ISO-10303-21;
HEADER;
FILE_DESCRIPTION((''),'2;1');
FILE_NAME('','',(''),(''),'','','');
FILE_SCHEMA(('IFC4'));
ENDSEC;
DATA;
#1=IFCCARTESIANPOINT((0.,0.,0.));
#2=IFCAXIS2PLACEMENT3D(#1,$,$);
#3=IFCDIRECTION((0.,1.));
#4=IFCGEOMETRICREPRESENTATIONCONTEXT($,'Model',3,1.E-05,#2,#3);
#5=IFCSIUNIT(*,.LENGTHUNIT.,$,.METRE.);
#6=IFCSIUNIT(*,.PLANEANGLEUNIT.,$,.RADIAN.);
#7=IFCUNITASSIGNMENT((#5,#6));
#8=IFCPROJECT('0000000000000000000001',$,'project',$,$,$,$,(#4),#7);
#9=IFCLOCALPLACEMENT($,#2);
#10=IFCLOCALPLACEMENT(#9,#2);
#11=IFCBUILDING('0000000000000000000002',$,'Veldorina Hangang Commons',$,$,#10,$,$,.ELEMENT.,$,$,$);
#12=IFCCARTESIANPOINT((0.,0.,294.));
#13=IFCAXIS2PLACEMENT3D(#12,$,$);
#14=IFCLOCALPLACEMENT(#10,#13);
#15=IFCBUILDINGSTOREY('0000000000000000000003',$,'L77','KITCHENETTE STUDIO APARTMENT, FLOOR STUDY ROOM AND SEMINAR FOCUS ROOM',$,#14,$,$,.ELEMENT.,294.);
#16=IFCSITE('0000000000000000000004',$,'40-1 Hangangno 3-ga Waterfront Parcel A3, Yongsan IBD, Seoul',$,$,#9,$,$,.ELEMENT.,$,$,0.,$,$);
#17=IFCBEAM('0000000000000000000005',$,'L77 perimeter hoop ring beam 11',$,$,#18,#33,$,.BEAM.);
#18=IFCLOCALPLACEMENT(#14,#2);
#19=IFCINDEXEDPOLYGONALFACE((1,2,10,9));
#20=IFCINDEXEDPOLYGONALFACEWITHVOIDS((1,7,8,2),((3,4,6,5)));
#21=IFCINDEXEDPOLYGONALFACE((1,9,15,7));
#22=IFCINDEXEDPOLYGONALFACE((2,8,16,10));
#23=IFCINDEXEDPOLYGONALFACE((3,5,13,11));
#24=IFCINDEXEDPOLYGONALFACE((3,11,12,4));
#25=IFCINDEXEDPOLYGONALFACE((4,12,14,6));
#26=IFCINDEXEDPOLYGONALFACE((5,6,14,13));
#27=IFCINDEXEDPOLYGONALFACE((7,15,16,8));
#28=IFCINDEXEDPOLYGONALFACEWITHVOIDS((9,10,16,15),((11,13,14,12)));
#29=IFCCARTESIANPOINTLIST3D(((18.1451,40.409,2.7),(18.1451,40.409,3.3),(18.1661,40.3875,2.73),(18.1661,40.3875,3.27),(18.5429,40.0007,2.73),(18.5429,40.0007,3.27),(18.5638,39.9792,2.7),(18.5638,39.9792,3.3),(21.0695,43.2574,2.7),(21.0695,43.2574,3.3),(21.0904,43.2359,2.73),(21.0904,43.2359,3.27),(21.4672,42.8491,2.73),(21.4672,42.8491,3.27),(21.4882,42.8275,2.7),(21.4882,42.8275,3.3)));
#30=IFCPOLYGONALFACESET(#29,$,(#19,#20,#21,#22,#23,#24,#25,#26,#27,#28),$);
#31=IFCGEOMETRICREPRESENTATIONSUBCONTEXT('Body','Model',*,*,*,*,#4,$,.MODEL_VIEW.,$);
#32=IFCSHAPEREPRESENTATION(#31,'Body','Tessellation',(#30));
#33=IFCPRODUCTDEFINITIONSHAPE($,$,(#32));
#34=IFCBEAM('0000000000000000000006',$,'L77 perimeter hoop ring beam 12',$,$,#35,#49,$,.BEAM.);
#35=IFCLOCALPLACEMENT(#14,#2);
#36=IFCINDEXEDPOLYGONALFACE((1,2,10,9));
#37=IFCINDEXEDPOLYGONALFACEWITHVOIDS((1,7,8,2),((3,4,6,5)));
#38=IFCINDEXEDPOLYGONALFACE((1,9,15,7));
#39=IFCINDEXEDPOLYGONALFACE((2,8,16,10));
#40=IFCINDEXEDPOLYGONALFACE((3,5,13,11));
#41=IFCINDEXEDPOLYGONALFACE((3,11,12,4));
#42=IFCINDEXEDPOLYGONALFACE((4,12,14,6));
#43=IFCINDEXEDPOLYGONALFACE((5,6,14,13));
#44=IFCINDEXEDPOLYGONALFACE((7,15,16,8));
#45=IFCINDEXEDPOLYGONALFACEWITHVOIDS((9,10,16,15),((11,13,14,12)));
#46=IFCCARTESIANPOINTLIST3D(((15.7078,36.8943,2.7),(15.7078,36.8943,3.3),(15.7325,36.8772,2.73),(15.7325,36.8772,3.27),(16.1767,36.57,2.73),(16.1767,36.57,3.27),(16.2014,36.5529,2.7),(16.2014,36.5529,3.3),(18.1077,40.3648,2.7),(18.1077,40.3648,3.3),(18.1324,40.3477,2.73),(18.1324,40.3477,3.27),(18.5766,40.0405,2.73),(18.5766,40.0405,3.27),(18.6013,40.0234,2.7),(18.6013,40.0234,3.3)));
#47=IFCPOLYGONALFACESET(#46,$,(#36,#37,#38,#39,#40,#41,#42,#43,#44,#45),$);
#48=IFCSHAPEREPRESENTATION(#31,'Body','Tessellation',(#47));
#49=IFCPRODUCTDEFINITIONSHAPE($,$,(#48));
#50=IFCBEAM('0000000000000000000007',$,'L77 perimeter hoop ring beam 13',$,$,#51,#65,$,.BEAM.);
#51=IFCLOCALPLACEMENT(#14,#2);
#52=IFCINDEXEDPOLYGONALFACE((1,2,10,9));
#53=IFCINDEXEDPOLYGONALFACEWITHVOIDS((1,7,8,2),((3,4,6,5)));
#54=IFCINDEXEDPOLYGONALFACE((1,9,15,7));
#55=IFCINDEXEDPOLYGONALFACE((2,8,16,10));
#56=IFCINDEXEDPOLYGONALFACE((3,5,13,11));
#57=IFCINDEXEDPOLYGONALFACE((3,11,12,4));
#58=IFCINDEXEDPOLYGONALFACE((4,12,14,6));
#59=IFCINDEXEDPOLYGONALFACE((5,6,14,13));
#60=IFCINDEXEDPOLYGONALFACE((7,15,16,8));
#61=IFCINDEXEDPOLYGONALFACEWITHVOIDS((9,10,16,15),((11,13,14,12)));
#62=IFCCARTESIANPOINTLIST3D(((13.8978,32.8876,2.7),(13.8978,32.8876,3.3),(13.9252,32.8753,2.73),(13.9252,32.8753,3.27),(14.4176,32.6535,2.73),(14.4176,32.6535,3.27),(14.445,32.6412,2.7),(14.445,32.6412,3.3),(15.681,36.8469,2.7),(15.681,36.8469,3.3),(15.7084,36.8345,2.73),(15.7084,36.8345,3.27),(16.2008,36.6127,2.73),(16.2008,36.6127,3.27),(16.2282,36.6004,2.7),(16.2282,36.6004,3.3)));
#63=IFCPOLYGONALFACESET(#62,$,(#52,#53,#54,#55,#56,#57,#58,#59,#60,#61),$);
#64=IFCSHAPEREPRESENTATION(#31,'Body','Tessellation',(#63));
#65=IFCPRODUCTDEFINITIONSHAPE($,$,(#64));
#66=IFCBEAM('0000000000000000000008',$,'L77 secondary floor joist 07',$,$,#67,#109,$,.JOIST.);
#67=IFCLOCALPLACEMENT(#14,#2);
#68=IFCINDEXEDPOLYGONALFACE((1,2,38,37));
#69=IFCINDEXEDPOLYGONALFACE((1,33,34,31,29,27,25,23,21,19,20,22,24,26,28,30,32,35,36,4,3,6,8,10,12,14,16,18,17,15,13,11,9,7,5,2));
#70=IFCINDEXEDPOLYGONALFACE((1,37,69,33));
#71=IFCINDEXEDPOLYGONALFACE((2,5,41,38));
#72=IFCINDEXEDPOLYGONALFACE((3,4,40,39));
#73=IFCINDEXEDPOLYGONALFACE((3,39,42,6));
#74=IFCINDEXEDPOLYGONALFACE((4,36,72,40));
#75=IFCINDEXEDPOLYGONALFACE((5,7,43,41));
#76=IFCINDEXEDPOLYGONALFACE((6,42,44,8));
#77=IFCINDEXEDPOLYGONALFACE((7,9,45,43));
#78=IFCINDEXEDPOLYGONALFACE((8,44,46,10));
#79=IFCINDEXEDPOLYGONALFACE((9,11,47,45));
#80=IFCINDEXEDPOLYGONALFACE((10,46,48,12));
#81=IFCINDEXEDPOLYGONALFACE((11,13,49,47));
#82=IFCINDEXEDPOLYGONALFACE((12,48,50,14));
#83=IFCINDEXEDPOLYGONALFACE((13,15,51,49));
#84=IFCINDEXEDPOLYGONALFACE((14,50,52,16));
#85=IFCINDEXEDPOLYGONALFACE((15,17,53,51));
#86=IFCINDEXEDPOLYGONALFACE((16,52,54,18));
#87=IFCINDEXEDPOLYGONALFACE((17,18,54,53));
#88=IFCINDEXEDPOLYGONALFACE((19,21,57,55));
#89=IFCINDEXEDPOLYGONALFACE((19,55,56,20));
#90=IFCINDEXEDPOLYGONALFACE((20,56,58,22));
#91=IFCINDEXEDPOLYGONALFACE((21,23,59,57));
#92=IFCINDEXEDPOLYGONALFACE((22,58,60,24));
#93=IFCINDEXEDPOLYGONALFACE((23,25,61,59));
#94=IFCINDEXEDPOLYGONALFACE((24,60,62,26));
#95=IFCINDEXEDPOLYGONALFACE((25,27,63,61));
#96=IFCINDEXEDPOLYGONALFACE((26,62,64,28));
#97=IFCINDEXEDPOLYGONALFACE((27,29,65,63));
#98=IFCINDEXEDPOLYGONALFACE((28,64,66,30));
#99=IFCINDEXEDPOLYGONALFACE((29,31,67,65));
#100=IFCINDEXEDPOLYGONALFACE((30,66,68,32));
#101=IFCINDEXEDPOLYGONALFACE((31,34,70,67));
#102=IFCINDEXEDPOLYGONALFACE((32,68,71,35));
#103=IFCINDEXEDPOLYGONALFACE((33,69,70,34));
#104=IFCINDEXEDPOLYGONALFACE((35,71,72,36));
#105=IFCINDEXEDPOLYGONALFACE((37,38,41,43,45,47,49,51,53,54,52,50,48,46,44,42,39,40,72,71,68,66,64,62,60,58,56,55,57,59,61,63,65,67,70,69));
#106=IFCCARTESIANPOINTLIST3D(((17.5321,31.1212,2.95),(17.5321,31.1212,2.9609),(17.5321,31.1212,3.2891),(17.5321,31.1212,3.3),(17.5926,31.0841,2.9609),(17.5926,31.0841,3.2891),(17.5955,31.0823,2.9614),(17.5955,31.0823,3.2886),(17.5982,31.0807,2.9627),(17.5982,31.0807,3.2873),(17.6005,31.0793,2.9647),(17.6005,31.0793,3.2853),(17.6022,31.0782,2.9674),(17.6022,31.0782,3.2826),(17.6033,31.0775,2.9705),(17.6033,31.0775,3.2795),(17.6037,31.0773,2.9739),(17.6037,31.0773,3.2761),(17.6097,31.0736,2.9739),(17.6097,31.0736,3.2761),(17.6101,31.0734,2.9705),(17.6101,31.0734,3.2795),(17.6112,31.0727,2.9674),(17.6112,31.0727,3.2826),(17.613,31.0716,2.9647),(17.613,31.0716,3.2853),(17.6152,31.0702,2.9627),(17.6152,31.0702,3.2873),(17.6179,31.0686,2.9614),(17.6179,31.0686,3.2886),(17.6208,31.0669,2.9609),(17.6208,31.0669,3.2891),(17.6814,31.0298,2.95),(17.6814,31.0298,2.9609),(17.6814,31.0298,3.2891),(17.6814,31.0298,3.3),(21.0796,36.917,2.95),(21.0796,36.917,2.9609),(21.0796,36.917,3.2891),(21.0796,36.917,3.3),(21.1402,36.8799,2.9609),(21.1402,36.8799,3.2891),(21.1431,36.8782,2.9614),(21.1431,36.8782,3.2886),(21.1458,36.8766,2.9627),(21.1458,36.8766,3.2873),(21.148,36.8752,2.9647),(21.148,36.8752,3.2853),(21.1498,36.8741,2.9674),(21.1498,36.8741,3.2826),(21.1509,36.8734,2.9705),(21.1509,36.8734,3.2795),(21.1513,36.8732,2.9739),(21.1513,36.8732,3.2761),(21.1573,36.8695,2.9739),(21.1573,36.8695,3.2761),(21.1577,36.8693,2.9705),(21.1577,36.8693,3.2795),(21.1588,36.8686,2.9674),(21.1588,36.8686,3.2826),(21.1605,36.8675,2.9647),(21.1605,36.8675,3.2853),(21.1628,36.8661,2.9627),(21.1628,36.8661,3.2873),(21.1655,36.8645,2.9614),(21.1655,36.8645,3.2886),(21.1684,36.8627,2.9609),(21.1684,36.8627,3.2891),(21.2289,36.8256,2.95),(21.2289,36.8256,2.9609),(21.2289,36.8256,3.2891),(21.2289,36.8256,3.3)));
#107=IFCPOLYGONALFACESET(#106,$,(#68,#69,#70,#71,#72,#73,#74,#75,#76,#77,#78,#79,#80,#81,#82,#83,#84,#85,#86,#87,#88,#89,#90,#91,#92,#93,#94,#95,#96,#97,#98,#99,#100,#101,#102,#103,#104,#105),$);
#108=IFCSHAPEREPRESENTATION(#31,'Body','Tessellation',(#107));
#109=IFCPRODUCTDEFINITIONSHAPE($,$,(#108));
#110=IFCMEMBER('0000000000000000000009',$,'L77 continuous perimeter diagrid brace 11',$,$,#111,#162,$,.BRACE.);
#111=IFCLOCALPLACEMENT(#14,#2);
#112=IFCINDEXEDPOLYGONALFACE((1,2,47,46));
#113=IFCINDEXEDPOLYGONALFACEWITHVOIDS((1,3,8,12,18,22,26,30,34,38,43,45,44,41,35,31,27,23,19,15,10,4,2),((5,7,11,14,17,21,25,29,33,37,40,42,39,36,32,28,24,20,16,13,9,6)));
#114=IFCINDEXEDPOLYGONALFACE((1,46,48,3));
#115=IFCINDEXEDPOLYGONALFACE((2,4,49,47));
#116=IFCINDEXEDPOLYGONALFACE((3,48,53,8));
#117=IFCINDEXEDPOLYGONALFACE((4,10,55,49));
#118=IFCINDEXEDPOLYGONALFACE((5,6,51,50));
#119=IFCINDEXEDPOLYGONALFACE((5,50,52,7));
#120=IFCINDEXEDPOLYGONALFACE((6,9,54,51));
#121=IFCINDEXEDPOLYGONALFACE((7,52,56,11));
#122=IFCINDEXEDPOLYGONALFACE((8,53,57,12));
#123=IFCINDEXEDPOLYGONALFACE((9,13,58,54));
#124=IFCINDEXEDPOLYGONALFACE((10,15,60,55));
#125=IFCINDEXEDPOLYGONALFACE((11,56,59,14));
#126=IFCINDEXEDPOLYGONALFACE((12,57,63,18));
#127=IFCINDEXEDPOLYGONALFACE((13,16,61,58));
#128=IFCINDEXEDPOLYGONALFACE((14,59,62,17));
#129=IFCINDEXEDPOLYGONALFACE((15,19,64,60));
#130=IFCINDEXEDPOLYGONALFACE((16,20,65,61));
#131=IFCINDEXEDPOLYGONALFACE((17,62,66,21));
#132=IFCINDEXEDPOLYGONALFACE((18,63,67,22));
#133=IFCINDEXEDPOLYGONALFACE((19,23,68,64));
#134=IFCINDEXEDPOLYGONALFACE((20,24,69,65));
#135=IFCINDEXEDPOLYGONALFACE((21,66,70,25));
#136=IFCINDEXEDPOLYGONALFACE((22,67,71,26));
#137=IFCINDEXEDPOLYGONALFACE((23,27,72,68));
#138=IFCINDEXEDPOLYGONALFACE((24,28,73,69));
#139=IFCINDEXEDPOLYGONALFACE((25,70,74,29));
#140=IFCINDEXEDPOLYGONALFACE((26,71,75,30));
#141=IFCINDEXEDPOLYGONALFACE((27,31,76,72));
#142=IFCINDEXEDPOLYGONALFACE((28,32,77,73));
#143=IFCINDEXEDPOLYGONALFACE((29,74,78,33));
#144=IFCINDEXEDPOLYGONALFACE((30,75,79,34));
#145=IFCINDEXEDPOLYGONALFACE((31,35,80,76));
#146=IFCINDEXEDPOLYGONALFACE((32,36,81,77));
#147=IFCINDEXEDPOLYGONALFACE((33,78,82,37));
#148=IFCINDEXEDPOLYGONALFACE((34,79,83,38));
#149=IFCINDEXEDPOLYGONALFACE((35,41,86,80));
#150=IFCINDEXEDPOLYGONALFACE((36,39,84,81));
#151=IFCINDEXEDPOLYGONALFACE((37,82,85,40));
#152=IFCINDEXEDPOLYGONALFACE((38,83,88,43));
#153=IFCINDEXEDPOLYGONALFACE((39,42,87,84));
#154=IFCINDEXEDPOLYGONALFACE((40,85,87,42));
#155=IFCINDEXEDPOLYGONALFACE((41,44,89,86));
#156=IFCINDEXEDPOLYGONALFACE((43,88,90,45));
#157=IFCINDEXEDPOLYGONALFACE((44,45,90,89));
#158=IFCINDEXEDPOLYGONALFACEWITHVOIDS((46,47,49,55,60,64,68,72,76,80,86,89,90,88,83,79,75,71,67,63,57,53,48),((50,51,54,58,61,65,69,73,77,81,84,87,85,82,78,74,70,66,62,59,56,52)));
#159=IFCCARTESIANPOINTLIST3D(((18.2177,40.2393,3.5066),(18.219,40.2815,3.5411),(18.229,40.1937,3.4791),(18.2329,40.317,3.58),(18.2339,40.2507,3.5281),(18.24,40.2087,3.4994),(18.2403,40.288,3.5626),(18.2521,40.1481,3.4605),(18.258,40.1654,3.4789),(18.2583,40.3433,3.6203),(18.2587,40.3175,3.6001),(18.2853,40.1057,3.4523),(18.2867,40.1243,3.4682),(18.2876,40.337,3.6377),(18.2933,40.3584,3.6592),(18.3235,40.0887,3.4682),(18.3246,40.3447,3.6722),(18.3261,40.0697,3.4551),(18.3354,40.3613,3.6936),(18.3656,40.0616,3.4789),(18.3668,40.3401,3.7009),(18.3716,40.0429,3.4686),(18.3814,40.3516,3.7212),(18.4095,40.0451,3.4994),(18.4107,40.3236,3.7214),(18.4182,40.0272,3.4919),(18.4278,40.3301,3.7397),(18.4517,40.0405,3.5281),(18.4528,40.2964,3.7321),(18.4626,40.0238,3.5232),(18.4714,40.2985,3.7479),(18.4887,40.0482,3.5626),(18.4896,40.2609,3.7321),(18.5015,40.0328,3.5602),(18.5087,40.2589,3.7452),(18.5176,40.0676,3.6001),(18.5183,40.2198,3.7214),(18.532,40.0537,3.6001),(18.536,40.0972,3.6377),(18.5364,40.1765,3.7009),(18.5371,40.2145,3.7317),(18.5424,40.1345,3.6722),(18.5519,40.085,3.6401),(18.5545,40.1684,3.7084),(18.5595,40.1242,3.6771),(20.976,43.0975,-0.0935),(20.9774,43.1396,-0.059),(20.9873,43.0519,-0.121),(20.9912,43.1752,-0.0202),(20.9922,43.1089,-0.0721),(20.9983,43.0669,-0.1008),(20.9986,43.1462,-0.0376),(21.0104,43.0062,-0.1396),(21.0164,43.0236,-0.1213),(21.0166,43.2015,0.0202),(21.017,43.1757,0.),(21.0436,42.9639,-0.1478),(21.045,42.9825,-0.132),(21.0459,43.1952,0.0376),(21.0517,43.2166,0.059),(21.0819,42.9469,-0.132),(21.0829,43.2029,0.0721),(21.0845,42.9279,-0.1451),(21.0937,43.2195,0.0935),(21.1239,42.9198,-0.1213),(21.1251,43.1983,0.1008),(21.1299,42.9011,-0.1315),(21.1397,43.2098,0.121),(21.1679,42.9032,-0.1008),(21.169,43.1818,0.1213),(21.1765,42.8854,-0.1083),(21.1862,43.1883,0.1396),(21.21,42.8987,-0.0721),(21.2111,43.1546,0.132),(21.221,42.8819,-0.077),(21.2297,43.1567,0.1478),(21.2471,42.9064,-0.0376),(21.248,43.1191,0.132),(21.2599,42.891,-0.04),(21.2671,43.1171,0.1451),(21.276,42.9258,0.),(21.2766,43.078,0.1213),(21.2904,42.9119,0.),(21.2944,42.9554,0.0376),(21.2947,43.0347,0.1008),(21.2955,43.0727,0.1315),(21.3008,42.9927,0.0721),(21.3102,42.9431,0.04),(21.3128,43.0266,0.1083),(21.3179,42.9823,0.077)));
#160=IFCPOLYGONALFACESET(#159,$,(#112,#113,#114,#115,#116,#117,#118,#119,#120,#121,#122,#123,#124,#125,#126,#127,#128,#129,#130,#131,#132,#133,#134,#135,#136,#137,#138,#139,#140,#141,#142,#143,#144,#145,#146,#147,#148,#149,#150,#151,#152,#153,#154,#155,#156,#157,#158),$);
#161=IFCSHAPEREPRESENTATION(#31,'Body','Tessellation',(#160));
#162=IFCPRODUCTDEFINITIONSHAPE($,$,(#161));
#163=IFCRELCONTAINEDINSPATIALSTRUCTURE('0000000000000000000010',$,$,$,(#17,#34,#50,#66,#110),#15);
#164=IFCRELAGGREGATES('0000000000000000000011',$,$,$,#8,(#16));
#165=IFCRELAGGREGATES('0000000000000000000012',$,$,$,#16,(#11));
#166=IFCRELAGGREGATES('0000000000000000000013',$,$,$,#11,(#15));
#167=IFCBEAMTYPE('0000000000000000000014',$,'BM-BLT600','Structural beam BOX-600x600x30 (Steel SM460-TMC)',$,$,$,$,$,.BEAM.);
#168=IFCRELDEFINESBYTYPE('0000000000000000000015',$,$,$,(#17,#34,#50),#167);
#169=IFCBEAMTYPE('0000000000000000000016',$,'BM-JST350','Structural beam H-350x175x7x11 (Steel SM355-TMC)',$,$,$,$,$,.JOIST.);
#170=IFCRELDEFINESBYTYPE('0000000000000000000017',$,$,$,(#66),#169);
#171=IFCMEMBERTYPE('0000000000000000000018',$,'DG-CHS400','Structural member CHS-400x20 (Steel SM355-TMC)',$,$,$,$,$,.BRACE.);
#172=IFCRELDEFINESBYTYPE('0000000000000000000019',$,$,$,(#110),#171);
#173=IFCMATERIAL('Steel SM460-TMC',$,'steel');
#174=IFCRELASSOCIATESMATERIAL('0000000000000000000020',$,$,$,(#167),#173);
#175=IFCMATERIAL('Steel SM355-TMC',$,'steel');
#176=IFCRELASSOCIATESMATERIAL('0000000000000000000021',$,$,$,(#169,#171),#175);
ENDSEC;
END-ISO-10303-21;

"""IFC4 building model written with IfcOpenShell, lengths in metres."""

from ifc_helpers import new_model, si_unit, direction, frame, origin, origin_2d, place, context, subcontext, project, spatial, hollow_rectangle, hollow_circle, i_section, extrude, material, material_profile, profile_set, type_object, element, save


model = new_model("IFC4")

# Units and contexts
model_context = context("Model", 3, precision=1e-05, world=origin(), true_north=direction((0.0, 1.0)))
body_context = subcontext(model_context, "Body", "Model", "MODEL_VIEW")
ifc_project = project(units=[si_unit("LENGTHUNIT", "METRE"), si_unit("PLANEANGLEUNIT", "RADIAN")], contexts=[model_context])

# Site, building, storey
site_placement = place(None, origin())
site = spatial("IfcSite", under=ifc_project, at=site_placement, Name="40-1 Hangangno 3-ga Waterfront Parcel A3, Yongsan IBD, Seoul", CompositionType="ELEMENT", RefElevation=0.0)
building_placement = place(site_placement, origin())
building = spatial("IfcBuilding", under=site, at=building_placement, Name="Veldorina Hangang Commons", CompositionType="ELEMENT")
storey_placement = place(building_placement, frame((0.0, 0.0, 294.0)))
storey = spatial("IfcBuildingStorey", under=building, at=storey_placement, Name="L77", Description="KITCHENETTE STUDIO APARTMENT, FLOOR STUDY ROOM AND SEMINAR FOCUS ROOM", CompositionType="ELEMENT", Elevation=294.0)

# Beams
ifc_material_1 = material(Name="Steel SM460-TMC", Category="steel")
ifc_material_profile_1 = material_profile(ifc_material_1, hollow_rectangle(XDim=0.6001, YDim=0.6001, WallThickness=0.03, at=origin_2d()), Name="BOX-600x600x30")
ifc_profile_set_1 = profile_set([ifc_material_profile_1], Name="Steel SM460-TMC")
beam_type_1 = type_object("IfcBeamType", Name="BM-BLT600", Description="Structural beam BOX-600x600x30 (Steel SM460-TMC)", PredefinedType="BEAM", material=ifc_profile_set_1)
beam_1_placement = place(storey_placement, frame((21.2788, 43.0425, 3.0), z_axis=(-0.716345, -0.697746, 0.0), x_axis=(0.697746, -0.716345, 0.0)))
element("IfcBeam", 1, at=beam_1_placement, inside=storey, type_object=beam_type_1, Name="L77 perimeter hoop ring beam 11", PredefinedType="BEAM", context=body_context, shape_type="SweptSolid", body=[
    extrude(hollow_rectangle(XDim=0.6001, YDim=0.6001, WallThickness=0.03, at=origin_2d()), origin(), (0.0, 0.0, 1.0), 4.0823),
])
beam_2_placement = place(storey_placement, frame((18.3545, 40.1941, 3.0), z_axis=(-0.568774, -0.822494, 0.0), x_axis=(0.822494, -0.568774, 0.0)))
element("IfcBeam", 2, at=beam_2_placement, inside=storey, type_object=beam_type_1, Name="L77 perimeter hoop ring beam 12", PredefinedType="BEAM", context=body_context, shape_type="SweptSolid", body=[
    extrude(hollow_rectangle(XDim=0.6001, YDim=0.6001, WallThickness=0.03, at=origin_2d()), origin(), (0.0, 0.0, 1.0), 4.2195),
])
beam_3_placement = place(storey_placement, frame((15.9546, 36.7236, 3.0), z_axis=(-0.410662, -0.911788, 0.0), x_axis=(0.911788, -0.410662, 0.0)))
element("IfcBeam", 3, at=beam_3_placement, inside=storey, type_object=beam_type_1, Name="L77 perimeter hoop ring beam 13", PredefinedType="BEAM", context=body_context, shape_type="SweptSolid", body=[
    extrude(hollow_rectangle(XDim=0.6001, YDim=0.6001, WallThickness=0.03, at=origin_2d()), origin(), (0.0, 0.0, 1.0), 4.3423),
])
ifc_material_2 = material(Name="Steel SM355-TMC", Category="steel")
ifc_material_profile_2 = material_profile(ifc_material_2, i_section(OverallWidth=0.175, OverallDepth=0.3501, WebThickness=0.0071, FlangeThickness=0.011, FilletRadius=0.0129, at=origin_2d()), Name="H-350x175x7x11")
ifc_profile_set_2 = profile_set([ifc_material_profile_2], Name="Steel SM355-TMC")
beam_type_2 = type_object("IfcBeamType", Name="BM-JST350", Description="Structural beam H-350x175x7x11 (Steel SM355-TMC)", PredefinedType="JOIST", material=ifc_profile_set_2)
beam_4_placement = place(storey_placement, frame((21.1543, 36.8713, 3.125), z_axis=(-0.522057, -0.85291, 0.0), x_axis=(0.85291, -0.522057, 0.0)))
element("IfcBeam", 4, at=beam_4_placement, inside=storey, type_object=beam_type_2, Name="L77 secondary floor joist 07", PredefinedType="JOIST", context=body_context, shape_type="SweptSolid", body=[
    extrude(i_section(OverallWidth=0.175, OverallDepth=0.3501, WebThickness=0.0071, FlangeThickness=0.011, FilletRadius=0.0129, at=origin_2d()), origin(), (0.0, 0.0, 1.0), 6.7954),
])

# Member
ifc_material_profile_3 = material_profile(ifc_material_2, hollow_circle(Radius=0.2, WallThickness=0.02, at=origin_2d()), Name="CHS-400x20")
ifc_profile_set_3 = profile_set([ifc_material_profile_3], Name="Steel SM355-TMC")
member_type_1 = type_object("IfcMemberType", Name="DG-CHS400", Description="Structural member CHS-400x20 (Steel SM355-TMC)", PredefinedType="BRACE", material=ifc_profile_set_3)
member_1_placement = place(storey_placement, frame((21.1465, 43.0508, 0.0), z_axis=(-0.514533, -0.53316, 0.671562), x_axis=(0.719565, -0.694426, 0.0)))
element("IfcMember", 5, at=member_1_placement, inside=storey, type_object=member_type_1, Name="L77 continuous perimeter diagrid brace 11", PredefinedType="BRACE", context=body_context, shape_type="SweptSolid", body=[
    extrude(hollow_circle(Radius=0.2, WallThickness=0.02, at=origin_2d()), origin(), (0.0, 0.0, 1.0), 5.3608),
])

save(model, "model.ifc")
